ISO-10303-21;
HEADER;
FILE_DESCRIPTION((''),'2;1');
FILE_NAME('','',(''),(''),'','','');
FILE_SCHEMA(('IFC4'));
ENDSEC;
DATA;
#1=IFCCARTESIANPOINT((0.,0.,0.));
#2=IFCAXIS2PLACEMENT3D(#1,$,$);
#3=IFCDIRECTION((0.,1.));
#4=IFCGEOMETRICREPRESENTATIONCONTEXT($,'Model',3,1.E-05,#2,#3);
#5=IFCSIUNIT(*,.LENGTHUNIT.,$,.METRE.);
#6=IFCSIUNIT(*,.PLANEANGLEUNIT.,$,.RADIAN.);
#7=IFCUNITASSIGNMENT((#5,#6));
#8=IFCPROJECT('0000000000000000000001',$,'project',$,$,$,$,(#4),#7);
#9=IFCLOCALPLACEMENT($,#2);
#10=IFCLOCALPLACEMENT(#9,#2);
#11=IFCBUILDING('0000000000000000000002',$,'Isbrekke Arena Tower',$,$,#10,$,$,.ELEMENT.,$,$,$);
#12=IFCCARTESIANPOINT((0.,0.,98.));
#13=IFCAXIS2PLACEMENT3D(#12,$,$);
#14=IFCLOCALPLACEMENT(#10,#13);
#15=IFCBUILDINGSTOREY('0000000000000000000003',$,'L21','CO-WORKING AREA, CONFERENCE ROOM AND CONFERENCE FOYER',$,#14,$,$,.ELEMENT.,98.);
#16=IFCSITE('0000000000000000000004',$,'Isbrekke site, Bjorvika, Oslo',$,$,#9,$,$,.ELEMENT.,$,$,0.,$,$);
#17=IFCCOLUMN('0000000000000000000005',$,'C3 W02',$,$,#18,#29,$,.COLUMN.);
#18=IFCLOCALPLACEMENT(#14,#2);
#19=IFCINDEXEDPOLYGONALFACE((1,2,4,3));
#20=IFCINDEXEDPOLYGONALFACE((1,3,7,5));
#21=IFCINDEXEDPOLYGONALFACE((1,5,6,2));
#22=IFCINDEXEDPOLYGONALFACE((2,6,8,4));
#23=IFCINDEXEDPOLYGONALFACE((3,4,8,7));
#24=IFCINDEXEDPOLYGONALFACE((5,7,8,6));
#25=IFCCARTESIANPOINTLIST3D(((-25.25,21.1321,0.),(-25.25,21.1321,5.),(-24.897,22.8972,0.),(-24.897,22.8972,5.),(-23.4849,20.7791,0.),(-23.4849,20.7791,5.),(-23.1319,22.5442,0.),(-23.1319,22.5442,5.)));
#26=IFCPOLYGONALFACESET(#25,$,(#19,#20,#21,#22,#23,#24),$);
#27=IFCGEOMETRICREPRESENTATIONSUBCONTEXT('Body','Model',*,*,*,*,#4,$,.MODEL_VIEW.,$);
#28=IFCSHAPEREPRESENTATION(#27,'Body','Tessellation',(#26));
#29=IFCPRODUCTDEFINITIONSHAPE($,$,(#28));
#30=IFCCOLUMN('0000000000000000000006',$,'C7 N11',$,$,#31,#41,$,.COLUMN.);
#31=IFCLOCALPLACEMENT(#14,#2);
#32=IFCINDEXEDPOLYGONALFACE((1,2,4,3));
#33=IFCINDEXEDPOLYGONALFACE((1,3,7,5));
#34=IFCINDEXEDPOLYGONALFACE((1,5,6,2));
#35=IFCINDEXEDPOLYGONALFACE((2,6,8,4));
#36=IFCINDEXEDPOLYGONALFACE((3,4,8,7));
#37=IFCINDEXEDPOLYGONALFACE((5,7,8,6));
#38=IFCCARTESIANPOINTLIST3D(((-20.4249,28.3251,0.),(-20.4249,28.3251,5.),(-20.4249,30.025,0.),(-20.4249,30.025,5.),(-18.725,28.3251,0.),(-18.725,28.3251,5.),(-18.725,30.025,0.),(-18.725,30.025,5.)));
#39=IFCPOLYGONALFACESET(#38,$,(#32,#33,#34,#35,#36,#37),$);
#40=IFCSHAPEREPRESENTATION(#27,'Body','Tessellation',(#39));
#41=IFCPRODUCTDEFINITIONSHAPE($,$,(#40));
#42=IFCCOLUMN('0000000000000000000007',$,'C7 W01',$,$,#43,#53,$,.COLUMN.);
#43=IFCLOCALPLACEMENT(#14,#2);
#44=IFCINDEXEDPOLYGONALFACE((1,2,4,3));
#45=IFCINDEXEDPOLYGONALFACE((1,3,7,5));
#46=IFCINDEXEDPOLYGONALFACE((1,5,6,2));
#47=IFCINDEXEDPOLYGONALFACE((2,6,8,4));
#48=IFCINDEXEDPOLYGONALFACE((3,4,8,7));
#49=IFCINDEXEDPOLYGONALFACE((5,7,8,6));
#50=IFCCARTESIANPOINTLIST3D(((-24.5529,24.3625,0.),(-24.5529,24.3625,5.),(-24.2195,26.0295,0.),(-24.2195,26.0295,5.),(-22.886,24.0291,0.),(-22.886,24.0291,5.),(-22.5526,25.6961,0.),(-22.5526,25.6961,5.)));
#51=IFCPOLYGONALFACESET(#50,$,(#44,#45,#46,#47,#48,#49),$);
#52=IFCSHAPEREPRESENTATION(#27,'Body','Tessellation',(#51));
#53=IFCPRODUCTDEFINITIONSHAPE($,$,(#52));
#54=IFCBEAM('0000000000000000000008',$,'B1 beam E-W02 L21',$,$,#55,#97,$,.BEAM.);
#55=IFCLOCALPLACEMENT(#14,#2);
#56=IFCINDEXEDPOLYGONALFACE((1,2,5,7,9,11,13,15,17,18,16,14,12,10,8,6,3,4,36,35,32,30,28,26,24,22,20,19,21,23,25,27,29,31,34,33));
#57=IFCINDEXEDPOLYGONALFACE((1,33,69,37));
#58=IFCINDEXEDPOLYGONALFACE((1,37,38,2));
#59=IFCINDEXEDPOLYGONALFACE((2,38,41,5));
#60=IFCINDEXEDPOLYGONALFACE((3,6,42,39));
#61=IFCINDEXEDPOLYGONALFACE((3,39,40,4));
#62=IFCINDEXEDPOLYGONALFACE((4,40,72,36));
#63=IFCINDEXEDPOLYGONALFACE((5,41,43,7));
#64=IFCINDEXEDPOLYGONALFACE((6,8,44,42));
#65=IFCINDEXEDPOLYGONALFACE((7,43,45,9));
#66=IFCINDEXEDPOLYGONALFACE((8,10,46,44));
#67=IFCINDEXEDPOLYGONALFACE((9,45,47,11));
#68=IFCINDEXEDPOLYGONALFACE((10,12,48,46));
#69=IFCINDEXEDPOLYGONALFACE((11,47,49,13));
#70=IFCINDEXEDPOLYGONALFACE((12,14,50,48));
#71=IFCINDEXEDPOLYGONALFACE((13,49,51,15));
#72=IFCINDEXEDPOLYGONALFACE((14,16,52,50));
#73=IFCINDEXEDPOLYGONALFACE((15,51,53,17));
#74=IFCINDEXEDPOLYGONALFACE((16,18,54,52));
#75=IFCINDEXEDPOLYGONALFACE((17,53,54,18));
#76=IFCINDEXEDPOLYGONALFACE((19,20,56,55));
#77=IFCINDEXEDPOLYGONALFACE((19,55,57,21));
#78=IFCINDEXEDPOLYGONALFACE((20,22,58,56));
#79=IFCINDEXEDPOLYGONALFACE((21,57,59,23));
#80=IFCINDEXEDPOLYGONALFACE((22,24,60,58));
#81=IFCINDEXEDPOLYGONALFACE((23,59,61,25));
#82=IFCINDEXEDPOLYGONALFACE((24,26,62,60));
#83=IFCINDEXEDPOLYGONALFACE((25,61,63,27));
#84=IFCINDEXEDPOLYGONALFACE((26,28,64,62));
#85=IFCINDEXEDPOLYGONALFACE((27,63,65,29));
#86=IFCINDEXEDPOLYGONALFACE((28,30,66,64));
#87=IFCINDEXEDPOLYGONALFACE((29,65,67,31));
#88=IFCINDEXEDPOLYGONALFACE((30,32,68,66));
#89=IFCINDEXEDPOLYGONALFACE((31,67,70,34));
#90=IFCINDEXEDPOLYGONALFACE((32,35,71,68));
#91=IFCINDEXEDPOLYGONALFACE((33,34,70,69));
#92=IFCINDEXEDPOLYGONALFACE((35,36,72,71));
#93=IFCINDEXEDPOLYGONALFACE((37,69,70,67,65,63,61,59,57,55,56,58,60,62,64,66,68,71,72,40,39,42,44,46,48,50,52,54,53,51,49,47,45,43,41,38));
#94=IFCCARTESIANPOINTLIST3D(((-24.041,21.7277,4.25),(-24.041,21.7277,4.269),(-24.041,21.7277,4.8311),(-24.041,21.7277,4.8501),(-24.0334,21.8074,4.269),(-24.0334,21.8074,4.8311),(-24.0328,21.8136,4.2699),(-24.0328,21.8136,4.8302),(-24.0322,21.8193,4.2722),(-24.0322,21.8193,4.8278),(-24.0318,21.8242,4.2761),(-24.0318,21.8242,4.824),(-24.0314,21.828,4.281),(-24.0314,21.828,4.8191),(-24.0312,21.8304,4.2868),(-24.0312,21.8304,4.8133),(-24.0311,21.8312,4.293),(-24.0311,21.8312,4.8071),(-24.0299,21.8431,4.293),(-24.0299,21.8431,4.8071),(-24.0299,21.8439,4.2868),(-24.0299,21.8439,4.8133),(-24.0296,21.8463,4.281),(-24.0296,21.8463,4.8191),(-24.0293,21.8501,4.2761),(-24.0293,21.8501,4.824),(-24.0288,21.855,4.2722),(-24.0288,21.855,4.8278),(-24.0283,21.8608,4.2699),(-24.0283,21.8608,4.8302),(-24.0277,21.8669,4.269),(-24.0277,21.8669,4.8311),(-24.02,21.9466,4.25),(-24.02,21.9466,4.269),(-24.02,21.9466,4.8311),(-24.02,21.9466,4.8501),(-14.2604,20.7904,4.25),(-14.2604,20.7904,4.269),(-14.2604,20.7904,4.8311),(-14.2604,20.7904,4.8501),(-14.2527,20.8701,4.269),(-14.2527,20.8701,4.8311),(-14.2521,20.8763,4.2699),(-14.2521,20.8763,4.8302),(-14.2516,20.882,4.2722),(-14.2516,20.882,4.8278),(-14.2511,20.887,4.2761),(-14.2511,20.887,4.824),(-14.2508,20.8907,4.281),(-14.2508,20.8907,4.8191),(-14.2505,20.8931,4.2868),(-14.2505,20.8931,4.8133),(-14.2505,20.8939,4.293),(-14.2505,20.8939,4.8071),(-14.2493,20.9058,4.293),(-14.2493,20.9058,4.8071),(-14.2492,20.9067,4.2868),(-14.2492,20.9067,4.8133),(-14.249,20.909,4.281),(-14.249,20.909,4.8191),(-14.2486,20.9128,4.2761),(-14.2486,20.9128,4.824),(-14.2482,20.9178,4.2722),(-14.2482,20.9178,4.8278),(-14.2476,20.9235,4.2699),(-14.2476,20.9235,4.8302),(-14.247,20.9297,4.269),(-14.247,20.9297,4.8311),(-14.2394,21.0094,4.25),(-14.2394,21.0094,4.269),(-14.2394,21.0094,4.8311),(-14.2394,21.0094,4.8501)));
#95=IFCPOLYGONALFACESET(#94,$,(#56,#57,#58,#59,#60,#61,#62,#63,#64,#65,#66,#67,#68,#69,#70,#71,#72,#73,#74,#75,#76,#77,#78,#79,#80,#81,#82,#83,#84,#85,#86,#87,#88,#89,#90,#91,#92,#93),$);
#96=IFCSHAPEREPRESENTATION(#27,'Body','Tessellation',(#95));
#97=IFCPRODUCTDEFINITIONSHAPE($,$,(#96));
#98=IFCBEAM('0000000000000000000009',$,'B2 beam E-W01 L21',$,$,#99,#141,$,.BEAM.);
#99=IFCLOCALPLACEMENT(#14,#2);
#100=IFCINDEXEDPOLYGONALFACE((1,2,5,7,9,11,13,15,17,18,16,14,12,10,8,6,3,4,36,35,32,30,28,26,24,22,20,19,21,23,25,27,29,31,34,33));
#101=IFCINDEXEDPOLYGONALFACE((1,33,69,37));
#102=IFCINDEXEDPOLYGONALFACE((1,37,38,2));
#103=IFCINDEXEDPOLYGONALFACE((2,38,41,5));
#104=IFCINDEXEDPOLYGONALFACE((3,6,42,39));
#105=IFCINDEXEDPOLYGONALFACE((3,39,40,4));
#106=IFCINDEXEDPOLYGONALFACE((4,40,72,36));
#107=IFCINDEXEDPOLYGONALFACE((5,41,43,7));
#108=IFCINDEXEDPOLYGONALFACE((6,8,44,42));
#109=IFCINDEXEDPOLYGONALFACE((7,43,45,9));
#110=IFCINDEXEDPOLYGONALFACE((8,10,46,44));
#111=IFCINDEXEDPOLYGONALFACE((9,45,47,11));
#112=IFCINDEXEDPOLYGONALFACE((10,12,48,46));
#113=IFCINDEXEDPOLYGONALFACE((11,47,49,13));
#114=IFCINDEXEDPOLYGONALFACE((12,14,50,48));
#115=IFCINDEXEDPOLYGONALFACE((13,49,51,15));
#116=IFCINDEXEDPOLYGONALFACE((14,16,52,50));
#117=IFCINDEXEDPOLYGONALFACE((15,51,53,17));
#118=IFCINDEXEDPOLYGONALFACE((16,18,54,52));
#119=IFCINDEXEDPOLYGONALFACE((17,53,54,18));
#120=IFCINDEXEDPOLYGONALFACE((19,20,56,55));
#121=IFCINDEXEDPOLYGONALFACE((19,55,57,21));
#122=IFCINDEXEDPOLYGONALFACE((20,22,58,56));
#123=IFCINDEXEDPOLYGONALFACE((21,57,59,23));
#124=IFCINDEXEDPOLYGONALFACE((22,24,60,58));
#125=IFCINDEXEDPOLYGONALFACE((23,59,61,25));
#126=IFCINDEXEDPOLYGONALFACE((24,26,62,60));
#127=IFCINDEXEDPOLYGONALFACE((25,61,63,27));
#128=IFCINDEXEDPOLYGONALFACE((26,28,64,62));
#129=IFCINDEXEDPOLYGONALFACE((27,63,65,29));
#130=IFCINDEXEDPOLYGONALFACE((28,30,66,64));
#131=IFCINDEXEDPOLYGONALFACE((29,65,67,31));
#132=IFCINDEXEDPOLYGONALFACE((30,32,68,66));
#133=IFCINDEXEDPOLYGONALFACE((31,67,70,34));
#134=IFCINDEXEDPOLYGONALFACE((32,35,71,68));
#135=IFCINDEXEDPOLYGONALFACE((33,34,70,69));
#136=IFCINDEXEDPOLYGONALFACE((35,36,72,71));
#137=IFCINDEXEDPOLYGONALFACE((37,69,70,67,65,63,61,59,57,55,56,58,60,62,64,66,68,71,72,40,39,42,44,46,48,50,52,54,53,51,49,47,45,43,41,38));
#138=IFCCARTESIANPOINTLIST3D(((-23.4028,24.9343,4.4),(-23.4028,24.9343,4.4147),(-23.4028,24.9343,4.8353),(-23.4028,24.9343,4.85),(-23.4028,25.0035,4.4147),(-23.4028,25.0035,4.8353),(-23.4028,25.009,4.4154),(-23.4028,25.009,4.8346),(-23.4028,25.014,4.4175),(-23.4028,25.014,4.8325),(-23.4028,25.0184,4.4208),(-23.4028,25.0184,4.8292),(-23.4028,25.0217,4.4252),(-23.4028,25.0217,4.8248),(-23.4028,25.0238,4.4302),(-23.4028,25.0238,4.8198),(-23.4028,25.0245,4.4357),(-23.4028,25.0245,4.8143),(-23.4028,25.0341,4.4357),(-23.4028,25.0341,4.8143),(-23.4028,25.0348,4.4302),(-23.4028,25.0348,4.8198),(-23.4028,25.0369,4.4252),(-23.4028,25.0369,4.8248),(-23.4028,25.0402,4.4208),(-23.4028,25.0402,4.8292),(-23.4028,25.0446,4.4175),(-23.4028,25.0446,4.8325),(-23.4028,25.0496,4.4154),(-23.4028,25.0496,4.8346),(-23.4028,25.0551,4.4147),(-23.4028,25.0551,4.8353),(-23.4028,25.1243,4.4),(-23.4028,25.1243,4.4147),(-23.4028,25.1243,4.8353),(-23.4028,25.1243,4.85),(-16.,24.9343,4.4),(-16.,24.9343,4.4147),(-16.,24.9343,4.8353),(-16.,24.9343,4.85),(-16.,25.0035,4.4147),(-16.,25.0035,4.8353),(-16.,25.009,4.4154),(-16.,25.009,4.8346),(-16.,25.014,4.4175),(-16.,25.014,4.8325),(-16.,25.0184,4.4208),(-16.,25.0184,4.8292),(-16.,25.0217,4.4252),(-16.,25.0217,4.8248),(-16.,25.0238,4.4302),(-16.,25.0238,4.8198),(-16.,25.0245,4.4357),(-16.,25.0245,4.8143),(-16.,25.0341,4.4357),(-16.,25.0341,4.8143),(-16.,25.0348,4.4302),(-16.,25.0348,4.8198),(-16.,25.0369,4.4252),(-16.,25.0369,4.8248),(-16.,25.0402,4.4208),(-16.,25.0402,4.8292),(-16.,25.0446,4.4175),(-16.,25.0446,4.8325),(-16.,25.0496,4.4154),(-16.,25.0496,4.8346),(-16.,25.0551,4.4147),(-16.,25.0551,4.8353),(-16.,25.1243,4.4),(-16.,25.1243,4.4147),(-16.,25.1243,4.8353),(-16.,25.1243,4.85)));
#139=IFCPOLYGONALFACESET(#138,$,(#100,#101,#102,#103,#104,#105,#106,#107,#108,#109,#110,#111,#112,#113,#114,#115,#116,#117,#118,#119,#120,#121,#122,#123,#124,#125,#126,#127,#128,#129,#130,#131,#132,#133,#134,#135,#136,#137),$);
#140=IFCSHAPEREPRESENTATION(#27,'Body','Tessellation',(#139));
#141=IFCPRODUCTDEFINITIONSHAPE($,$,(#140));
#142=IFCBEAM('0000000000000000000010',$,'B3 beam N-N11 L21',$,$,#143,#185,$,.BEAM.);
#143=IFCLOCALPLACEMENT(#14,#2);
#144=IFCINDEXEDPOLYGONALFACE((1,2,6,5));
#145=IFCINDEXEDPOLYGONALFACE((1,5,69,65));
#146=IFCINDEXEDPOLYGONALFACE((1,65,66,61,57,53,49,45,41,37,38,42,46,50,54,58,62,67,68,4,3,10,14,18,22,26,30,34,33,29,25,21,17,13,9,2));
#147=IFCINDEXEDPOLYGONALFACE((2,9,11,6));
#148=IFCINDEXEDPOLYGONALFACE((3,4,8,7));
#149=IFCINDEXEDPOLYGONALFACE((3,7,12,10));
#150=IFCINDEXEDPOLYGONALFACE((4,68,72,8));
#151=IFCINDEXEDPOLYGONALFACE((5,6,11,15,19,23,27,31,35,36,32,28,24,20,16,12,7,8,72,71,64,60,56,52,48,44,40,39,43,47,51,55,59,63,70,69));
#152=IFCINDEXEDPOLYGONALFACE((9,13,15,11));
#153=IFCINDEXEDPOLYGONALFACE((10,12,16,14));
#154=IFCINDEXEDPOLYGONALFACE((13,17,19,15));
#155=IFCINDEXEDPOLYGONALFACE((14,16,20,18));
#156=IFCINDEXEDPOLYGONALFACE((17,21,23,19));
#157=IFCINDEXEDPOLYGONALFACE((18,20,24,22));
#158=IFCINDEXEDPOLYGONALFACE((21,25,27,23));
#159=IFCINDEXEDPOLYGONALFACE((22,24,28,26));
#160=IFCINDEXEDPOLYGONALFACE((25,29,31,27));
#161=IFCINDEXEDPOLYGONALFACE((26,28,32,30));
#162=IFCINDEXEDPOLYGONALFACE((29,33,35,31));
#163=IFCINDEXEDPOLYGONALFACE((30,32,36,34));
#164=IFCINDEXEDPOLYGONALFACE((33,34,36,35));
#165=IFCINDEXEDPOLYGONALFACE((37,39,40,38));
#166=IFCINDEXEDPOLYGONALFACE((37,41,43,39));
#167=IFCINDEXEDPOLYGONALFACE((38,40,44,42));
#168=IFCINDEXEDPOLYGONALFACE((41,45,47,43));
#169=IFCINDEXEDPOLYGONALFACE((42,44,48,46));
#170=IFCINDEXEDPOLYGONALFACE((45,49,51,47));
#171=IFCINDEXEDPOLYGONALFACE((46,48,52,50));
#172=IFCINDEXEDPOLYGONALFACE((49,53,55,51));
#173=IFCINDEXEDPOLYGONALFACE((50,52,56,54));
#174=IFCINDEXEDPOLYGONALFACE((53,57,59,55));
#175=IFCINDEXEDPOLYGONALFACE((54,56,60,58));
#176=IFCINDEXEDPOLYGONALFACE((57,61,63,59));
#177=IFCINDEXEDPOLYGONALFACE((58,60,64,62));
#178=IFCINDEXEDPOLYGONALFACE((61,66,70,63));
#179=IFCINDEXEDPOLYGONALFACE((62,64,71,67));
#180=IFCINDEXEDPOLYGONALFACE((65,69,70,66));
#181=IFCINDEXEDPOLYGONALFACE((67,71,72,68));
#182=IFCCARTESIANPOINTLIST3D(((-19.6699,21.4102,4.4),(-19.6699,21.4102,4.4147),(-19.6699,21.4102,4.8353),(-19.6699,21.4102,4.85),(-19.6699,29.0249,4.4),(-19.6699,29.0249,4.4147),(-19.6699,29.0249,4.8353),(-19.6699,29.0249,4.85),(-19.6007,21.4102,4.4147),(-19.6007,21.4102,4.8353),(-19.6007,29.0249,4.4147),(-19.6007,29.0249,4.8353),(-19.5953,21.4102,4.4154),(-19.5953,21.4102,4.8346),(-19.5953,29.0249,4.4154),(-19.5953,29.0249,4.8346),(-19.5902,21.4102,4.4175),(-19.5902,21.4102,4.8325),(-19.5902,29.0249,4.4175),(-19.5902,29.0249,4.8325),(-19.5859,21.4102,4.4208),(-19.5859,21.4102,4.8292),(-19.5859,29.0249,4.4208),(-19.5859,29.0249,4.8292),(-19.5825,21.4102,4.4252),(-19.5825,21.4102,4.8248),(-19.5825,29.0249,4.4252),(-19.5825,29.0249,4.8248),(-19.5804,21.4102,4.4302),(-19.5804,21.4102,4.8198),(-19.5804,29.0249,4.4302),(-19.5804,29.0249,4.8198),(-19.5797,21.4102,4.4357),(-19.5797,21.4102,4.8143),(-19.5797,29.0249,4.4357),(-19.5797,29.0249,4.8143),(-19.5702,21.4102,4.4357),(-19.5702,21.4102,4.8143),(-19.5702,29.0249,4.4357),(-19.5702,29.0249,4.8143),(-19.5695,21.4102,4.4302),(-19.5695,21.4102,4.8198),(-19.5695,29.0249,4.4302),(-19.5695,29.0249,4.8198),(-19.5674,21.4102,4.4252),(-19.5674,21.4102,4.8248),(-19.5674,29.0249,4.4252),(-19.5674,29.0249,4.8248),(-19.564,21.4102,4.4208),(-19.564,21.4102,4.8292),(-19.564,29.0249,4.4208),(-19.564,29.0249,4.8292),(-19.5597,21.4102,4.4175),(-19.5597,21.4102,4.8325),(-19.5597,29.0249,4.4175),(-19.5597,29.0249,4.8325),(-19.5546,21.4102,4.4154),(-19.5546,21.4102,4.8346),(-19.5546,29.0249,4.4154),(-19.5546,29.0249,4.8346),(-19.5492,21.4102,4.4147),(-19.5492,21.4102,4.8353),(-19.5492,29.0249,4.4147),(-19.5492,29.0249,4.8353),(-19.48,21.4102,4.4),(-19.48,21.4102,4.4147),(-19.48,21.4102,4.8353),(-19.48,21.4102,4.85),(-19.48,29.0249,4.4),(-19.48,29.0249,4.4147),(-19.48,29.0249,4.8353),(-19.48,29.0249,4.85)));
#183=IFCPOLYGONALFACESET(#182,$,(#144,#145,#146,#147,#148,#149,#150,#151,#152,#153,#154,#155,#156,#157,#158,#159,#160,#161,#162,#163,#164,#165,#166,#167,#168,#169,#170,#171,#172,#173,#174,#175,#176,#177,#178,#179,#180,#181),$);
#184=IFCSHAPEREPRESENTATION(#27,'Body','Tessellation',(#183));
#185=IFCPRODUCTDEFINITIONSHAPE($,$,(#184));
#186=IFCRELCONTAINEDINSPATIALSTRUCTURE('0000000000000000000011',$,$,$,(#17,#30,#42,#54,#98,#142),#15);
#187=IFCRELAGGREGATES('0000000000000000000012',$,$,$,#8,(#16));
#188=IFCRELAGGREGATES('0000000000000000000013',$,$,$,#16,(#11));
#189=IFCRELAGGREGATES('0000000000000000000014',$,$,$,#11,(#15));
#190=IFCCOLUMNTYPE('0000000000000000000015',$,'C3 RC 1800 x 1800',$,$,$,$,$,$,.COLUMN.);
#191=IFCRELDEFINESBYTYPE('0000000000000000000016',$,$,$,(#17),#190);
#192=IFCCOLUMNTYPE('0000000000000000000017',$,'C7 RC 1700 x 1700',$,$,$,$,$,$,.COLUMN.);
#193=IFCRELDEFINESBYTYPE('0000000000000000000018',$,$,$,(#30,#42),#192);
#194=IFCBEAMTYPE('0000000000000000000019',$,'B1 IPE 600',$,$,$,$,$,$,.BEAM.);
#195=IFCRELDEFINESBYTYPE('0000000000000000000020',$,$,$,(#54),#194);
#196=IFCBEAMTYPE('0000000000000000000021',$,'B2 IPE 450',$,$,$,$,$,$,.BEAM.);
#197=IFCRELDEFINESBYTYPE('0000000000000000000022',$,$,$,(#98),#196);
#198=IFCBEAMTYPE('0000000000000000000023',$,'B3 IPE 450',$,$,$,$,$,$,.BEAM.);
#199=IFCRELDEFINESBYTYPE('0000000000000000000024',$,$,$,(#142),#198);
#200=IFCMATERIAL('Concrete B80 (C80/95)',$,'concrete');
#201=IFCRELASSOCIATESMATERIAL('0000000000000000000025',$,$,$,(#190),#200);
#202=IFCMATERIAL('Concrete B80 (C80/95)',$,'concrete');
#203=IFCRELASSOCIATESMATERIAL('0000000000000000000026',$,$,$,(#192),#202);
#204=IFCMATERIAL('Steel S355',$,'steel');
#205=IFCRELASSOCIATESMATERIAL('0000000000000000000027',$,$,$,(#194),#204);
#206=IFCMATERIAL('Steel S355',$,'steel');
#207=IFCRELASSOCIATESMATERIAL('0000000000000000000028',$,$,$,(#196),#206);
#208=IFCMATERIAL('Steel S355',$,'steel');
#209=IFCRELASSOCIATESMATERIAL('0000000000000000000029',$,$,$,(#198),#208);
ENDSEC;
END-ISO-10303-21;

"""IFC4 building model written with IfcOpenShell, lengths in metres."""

from ifc_helpers import new_model, si_unit, direction, frame, origin, origin_2d, place, context, subcontext, project, spatial, rectangle, i_section, extrude, material, material_profile, profile_set, type_object, element, save


model = new_model("IFC4")

# Units and contexts
model_context = context("Model", 3, precision=1e-05, world=origin(), true_north=direction((0.0, 1.0)))
body_context = subcontext(model_context, "Body", "Model", "MODEL_VIEW")
ifc_project = project(units=[si_unit("LENGTHUNIT", "METRE"), si_unit("PLANEANGLEUNIT", "RADIAN")], contexts=[model_context])

# Site, building, storey
site_placement = place(None, origin())
site = spatial("IfcSite", under=ifc_project, at=site_placement, Name="Isbrekke site, Bjorvika, Oslo", CompositionType="ELEMENT", RefElevation=0.0)
building_placement = place(site_placement, origin())
building = spatial("IfcBuilding", under=site, at=building_placement, Name="Isbrekke Arena Tower", CompositionType="ELEMENT")
storey_placement = place(building_placement, frame((0.0, 0.0, 98.0)))
storey = spatial("IfcBuildingStorey", under=building, at=storey_placement, Name="L21", Description="CO-WORKING AREA, CONFERENCE ROOM AND CONFERENCE FOYER", CompositionType="ELEMENT", Elevation=98.0)

# Columns
ifc_material_1 = material(Name="Concrete B80 (C80/95)", Category="concrete")
ifc_material_profile_1 = material_profile(ifc_material_1, rectangle(XDim=1.8, YDim=1.8, at=origin_2d()), Name="RC 1800x1800")
ifc_profile_set_1 = profile_set([ifc_material_profile_1], Name="Concrete B80 (C80/95)")
column_type_1 = type_object("IfcColumnType", Name="C3 RC 1800 x 1800", PredefinedType="COLUMN", material=ifc_profile_set_1)
column_placement = place(storey_placement, frame((-24.1909, 21.8381, 0.0), z_axis=(0.0, 0.0, 1.0), x_axis=(-0.196116, -0.980581, 0.0)))
element("IfcColumn", 1, at=column_placement, inside=storey, type_object=column_type_1, Name="C3 W02", PredefinedType="COLUMN", context=body_context, shape_type="SweptSolid", body=[
    extrude(rectangle(XDim=1.8, YDim=1.8, at=origin_2d()), origin(), (0.0, 0.0, 1.0), 5.0),
])
ifc_material_2 = material(Name="Concrete B80 (C80/95)", Category="concrete")
ifc_material_profile_2 = material_profile(ifc_material_2, rectangle(XDim=1.7, YDim=1.7, at=origin_2d()), Name="RC 1700x1700")
ifc_profile_set_2 = profile_set([ifc_material_profile_2], Name="Concrete B80 (C80/95)")
column_type_2 = type_object("IfcColumnType", Name="C7 RC 1700 x 1700", PredefinedType="COLUMN", material=ifc_profile_set_2)
for number, where, z_axis, x_axis, name in (
    (2, (-19.575, 29.175, 0.0), (0.0, 0.0, 1.0), (-1.0, 0.0, 0.0), "C7 N11"),
    (3, (-23.5527, 25.0293, 0.0), (0.0, 0.0, 1.0), (-0.196116, -0.980581, 0.0), "C7 W01"),
):
    element("IfcColumn", number, at=place(storey_placement, frame(where, z_axis=z_axis, x_axis=x_axis)), inside=storey, type_object=column_type_2, Name=name, PredefinedType="COLUMN", context=body_context, shape_type="SweptSolid", body=[
        extrude(rectangle(XDim=1.7, YDim=1.7, at=origin_2d()), origin(), (0.0, 0.0, 1.0), 5.0),
    ])

# Beams
ifc_material_3 = material(Name="Steel S355", Category="steel")
ifc_material_profile_3 = material_profile(ifc_material_3, i_section(OverallWidth=0.22, OverallDepth=0.6001, WebThickness=0.012, FlangeThickness=0.019, FilletRadius=0.0239, at=origin_2d()), Name="IPE 600")
ifc_profile_set_3 = profile_set([ifc_material_profile_3], Name="Steel S355")
beam_type_1 = type_object("IfcBeamType", Name="B1 IPE 600", PredefinedType="BEAM", material=ifc_profile_set_3)
beam_1_placement = place(storey_placement, frame((-24.0305, 21.8372, 4.55), z_axis=(0.99544, -0.095392, 0.0), x_axis=(0.095392, 0.99544, 0.0)))
element("IfcBeam", 4, at=beam_1_placement, inside=storey, type_object=beam_type_1, Name="B1 beam E-W02 L21", PredefinedType="BEAM", context=body_context, shape_type="SweptSolid", body=[
    extrude(i_section(OverallWidth=0.22, OverallDepth=0.6001, WebThickness=0.012, FlangeThickness=0.019, FilletRadius=0.0239, at=origin_2d()), origin(), (0.0, 0.0, 1.0), 9.8254),
])
ifc_material_4 = material(Name="Steel S355", Category="steel")
ifc_material_profile_4 = material_profile(ifc_material_4, i_section(OverallWidth=0.1899, OverallDepth=0.45, WebThickness=0.0095, FlangeThickness=0.0146, FilletRadius=0.021, at=origin_2d()), Name="IPE 450")
ifc_profile_set_4 = profile_set([ifc_material_profile_4], Name="Steel S355")
beam_type_2 = type_object("IfcBeamType", Name="B2 IPE 450", PredefinedType="BEAM", material=ifc_profile_set_4)
beam_2_placement = place(storey_placement, frame((-23.4028, 25.0293, 4.625), z_axis=(1.0, 0.0, 0.0), x_axis=(0.0, 1.0, 0.0)))
element("IfcBeam", 5, at=beam_2_placement, inside=storey, type_object=beam_type_2, Name="B2 beam E-W01 L21", PredefinedType="BEAM", context=body_context, shape_type="SweptSolid", body=[
    extrude(i_section(OverallWidth=0.1899, OverallDepth=0.45, WebThickness=0.0095, FlangeThickness=0.0146, FilletRadius=0.021, at=origin_2d()), origin(), (0.0, 0.0, 1.0), 7.4028),
])
ifc_material_5 = material(Name="Steel S355", Category="steel")
ifc_material_profile_5 = material_profile(ifc_material_5, i_section(OverallWidth=0.1899, OverallDepth=0.45, WebThickness=0.0095, FlangeThickness=0.0146, FilletRadius=0.021, at=origin_2d()), Name="IPE 450")
ifc_profile_set_5 = profile_set([ifc_material_profile_5], Name="Steel S355")
beam_type_3 = type_object("IfcBeamType", Name="B3 IPE 450", PredefinedType="BEAM", material=ifc_profile_set_5)
beam_3_placement = place(storey_placement, frame((-19.575, 29.0249, 4.625), z_axis=(0.0, -1.0, 0.0), x_axis=(1.0, 0.0, 0.0)))
element("IfcBeam", 6, at=beam_3_placement, inside=storey, type_object=beam_type_3, Name="B3 beam N-N11 L21", PredefinedType="BEAM", context=body_context, shape_type="SweptSolid", body=[
    extrude(i_section(OverallWidth=0.1899, OverallDepth=0.45, WebThickness=0.0095, FlangeThickness=0.0146, FilletRadius=0.021, at=origin_2d()), origin(), (0.0, 0.0, 1.0), 7.6147),
])

save(model, "model.ifc")
